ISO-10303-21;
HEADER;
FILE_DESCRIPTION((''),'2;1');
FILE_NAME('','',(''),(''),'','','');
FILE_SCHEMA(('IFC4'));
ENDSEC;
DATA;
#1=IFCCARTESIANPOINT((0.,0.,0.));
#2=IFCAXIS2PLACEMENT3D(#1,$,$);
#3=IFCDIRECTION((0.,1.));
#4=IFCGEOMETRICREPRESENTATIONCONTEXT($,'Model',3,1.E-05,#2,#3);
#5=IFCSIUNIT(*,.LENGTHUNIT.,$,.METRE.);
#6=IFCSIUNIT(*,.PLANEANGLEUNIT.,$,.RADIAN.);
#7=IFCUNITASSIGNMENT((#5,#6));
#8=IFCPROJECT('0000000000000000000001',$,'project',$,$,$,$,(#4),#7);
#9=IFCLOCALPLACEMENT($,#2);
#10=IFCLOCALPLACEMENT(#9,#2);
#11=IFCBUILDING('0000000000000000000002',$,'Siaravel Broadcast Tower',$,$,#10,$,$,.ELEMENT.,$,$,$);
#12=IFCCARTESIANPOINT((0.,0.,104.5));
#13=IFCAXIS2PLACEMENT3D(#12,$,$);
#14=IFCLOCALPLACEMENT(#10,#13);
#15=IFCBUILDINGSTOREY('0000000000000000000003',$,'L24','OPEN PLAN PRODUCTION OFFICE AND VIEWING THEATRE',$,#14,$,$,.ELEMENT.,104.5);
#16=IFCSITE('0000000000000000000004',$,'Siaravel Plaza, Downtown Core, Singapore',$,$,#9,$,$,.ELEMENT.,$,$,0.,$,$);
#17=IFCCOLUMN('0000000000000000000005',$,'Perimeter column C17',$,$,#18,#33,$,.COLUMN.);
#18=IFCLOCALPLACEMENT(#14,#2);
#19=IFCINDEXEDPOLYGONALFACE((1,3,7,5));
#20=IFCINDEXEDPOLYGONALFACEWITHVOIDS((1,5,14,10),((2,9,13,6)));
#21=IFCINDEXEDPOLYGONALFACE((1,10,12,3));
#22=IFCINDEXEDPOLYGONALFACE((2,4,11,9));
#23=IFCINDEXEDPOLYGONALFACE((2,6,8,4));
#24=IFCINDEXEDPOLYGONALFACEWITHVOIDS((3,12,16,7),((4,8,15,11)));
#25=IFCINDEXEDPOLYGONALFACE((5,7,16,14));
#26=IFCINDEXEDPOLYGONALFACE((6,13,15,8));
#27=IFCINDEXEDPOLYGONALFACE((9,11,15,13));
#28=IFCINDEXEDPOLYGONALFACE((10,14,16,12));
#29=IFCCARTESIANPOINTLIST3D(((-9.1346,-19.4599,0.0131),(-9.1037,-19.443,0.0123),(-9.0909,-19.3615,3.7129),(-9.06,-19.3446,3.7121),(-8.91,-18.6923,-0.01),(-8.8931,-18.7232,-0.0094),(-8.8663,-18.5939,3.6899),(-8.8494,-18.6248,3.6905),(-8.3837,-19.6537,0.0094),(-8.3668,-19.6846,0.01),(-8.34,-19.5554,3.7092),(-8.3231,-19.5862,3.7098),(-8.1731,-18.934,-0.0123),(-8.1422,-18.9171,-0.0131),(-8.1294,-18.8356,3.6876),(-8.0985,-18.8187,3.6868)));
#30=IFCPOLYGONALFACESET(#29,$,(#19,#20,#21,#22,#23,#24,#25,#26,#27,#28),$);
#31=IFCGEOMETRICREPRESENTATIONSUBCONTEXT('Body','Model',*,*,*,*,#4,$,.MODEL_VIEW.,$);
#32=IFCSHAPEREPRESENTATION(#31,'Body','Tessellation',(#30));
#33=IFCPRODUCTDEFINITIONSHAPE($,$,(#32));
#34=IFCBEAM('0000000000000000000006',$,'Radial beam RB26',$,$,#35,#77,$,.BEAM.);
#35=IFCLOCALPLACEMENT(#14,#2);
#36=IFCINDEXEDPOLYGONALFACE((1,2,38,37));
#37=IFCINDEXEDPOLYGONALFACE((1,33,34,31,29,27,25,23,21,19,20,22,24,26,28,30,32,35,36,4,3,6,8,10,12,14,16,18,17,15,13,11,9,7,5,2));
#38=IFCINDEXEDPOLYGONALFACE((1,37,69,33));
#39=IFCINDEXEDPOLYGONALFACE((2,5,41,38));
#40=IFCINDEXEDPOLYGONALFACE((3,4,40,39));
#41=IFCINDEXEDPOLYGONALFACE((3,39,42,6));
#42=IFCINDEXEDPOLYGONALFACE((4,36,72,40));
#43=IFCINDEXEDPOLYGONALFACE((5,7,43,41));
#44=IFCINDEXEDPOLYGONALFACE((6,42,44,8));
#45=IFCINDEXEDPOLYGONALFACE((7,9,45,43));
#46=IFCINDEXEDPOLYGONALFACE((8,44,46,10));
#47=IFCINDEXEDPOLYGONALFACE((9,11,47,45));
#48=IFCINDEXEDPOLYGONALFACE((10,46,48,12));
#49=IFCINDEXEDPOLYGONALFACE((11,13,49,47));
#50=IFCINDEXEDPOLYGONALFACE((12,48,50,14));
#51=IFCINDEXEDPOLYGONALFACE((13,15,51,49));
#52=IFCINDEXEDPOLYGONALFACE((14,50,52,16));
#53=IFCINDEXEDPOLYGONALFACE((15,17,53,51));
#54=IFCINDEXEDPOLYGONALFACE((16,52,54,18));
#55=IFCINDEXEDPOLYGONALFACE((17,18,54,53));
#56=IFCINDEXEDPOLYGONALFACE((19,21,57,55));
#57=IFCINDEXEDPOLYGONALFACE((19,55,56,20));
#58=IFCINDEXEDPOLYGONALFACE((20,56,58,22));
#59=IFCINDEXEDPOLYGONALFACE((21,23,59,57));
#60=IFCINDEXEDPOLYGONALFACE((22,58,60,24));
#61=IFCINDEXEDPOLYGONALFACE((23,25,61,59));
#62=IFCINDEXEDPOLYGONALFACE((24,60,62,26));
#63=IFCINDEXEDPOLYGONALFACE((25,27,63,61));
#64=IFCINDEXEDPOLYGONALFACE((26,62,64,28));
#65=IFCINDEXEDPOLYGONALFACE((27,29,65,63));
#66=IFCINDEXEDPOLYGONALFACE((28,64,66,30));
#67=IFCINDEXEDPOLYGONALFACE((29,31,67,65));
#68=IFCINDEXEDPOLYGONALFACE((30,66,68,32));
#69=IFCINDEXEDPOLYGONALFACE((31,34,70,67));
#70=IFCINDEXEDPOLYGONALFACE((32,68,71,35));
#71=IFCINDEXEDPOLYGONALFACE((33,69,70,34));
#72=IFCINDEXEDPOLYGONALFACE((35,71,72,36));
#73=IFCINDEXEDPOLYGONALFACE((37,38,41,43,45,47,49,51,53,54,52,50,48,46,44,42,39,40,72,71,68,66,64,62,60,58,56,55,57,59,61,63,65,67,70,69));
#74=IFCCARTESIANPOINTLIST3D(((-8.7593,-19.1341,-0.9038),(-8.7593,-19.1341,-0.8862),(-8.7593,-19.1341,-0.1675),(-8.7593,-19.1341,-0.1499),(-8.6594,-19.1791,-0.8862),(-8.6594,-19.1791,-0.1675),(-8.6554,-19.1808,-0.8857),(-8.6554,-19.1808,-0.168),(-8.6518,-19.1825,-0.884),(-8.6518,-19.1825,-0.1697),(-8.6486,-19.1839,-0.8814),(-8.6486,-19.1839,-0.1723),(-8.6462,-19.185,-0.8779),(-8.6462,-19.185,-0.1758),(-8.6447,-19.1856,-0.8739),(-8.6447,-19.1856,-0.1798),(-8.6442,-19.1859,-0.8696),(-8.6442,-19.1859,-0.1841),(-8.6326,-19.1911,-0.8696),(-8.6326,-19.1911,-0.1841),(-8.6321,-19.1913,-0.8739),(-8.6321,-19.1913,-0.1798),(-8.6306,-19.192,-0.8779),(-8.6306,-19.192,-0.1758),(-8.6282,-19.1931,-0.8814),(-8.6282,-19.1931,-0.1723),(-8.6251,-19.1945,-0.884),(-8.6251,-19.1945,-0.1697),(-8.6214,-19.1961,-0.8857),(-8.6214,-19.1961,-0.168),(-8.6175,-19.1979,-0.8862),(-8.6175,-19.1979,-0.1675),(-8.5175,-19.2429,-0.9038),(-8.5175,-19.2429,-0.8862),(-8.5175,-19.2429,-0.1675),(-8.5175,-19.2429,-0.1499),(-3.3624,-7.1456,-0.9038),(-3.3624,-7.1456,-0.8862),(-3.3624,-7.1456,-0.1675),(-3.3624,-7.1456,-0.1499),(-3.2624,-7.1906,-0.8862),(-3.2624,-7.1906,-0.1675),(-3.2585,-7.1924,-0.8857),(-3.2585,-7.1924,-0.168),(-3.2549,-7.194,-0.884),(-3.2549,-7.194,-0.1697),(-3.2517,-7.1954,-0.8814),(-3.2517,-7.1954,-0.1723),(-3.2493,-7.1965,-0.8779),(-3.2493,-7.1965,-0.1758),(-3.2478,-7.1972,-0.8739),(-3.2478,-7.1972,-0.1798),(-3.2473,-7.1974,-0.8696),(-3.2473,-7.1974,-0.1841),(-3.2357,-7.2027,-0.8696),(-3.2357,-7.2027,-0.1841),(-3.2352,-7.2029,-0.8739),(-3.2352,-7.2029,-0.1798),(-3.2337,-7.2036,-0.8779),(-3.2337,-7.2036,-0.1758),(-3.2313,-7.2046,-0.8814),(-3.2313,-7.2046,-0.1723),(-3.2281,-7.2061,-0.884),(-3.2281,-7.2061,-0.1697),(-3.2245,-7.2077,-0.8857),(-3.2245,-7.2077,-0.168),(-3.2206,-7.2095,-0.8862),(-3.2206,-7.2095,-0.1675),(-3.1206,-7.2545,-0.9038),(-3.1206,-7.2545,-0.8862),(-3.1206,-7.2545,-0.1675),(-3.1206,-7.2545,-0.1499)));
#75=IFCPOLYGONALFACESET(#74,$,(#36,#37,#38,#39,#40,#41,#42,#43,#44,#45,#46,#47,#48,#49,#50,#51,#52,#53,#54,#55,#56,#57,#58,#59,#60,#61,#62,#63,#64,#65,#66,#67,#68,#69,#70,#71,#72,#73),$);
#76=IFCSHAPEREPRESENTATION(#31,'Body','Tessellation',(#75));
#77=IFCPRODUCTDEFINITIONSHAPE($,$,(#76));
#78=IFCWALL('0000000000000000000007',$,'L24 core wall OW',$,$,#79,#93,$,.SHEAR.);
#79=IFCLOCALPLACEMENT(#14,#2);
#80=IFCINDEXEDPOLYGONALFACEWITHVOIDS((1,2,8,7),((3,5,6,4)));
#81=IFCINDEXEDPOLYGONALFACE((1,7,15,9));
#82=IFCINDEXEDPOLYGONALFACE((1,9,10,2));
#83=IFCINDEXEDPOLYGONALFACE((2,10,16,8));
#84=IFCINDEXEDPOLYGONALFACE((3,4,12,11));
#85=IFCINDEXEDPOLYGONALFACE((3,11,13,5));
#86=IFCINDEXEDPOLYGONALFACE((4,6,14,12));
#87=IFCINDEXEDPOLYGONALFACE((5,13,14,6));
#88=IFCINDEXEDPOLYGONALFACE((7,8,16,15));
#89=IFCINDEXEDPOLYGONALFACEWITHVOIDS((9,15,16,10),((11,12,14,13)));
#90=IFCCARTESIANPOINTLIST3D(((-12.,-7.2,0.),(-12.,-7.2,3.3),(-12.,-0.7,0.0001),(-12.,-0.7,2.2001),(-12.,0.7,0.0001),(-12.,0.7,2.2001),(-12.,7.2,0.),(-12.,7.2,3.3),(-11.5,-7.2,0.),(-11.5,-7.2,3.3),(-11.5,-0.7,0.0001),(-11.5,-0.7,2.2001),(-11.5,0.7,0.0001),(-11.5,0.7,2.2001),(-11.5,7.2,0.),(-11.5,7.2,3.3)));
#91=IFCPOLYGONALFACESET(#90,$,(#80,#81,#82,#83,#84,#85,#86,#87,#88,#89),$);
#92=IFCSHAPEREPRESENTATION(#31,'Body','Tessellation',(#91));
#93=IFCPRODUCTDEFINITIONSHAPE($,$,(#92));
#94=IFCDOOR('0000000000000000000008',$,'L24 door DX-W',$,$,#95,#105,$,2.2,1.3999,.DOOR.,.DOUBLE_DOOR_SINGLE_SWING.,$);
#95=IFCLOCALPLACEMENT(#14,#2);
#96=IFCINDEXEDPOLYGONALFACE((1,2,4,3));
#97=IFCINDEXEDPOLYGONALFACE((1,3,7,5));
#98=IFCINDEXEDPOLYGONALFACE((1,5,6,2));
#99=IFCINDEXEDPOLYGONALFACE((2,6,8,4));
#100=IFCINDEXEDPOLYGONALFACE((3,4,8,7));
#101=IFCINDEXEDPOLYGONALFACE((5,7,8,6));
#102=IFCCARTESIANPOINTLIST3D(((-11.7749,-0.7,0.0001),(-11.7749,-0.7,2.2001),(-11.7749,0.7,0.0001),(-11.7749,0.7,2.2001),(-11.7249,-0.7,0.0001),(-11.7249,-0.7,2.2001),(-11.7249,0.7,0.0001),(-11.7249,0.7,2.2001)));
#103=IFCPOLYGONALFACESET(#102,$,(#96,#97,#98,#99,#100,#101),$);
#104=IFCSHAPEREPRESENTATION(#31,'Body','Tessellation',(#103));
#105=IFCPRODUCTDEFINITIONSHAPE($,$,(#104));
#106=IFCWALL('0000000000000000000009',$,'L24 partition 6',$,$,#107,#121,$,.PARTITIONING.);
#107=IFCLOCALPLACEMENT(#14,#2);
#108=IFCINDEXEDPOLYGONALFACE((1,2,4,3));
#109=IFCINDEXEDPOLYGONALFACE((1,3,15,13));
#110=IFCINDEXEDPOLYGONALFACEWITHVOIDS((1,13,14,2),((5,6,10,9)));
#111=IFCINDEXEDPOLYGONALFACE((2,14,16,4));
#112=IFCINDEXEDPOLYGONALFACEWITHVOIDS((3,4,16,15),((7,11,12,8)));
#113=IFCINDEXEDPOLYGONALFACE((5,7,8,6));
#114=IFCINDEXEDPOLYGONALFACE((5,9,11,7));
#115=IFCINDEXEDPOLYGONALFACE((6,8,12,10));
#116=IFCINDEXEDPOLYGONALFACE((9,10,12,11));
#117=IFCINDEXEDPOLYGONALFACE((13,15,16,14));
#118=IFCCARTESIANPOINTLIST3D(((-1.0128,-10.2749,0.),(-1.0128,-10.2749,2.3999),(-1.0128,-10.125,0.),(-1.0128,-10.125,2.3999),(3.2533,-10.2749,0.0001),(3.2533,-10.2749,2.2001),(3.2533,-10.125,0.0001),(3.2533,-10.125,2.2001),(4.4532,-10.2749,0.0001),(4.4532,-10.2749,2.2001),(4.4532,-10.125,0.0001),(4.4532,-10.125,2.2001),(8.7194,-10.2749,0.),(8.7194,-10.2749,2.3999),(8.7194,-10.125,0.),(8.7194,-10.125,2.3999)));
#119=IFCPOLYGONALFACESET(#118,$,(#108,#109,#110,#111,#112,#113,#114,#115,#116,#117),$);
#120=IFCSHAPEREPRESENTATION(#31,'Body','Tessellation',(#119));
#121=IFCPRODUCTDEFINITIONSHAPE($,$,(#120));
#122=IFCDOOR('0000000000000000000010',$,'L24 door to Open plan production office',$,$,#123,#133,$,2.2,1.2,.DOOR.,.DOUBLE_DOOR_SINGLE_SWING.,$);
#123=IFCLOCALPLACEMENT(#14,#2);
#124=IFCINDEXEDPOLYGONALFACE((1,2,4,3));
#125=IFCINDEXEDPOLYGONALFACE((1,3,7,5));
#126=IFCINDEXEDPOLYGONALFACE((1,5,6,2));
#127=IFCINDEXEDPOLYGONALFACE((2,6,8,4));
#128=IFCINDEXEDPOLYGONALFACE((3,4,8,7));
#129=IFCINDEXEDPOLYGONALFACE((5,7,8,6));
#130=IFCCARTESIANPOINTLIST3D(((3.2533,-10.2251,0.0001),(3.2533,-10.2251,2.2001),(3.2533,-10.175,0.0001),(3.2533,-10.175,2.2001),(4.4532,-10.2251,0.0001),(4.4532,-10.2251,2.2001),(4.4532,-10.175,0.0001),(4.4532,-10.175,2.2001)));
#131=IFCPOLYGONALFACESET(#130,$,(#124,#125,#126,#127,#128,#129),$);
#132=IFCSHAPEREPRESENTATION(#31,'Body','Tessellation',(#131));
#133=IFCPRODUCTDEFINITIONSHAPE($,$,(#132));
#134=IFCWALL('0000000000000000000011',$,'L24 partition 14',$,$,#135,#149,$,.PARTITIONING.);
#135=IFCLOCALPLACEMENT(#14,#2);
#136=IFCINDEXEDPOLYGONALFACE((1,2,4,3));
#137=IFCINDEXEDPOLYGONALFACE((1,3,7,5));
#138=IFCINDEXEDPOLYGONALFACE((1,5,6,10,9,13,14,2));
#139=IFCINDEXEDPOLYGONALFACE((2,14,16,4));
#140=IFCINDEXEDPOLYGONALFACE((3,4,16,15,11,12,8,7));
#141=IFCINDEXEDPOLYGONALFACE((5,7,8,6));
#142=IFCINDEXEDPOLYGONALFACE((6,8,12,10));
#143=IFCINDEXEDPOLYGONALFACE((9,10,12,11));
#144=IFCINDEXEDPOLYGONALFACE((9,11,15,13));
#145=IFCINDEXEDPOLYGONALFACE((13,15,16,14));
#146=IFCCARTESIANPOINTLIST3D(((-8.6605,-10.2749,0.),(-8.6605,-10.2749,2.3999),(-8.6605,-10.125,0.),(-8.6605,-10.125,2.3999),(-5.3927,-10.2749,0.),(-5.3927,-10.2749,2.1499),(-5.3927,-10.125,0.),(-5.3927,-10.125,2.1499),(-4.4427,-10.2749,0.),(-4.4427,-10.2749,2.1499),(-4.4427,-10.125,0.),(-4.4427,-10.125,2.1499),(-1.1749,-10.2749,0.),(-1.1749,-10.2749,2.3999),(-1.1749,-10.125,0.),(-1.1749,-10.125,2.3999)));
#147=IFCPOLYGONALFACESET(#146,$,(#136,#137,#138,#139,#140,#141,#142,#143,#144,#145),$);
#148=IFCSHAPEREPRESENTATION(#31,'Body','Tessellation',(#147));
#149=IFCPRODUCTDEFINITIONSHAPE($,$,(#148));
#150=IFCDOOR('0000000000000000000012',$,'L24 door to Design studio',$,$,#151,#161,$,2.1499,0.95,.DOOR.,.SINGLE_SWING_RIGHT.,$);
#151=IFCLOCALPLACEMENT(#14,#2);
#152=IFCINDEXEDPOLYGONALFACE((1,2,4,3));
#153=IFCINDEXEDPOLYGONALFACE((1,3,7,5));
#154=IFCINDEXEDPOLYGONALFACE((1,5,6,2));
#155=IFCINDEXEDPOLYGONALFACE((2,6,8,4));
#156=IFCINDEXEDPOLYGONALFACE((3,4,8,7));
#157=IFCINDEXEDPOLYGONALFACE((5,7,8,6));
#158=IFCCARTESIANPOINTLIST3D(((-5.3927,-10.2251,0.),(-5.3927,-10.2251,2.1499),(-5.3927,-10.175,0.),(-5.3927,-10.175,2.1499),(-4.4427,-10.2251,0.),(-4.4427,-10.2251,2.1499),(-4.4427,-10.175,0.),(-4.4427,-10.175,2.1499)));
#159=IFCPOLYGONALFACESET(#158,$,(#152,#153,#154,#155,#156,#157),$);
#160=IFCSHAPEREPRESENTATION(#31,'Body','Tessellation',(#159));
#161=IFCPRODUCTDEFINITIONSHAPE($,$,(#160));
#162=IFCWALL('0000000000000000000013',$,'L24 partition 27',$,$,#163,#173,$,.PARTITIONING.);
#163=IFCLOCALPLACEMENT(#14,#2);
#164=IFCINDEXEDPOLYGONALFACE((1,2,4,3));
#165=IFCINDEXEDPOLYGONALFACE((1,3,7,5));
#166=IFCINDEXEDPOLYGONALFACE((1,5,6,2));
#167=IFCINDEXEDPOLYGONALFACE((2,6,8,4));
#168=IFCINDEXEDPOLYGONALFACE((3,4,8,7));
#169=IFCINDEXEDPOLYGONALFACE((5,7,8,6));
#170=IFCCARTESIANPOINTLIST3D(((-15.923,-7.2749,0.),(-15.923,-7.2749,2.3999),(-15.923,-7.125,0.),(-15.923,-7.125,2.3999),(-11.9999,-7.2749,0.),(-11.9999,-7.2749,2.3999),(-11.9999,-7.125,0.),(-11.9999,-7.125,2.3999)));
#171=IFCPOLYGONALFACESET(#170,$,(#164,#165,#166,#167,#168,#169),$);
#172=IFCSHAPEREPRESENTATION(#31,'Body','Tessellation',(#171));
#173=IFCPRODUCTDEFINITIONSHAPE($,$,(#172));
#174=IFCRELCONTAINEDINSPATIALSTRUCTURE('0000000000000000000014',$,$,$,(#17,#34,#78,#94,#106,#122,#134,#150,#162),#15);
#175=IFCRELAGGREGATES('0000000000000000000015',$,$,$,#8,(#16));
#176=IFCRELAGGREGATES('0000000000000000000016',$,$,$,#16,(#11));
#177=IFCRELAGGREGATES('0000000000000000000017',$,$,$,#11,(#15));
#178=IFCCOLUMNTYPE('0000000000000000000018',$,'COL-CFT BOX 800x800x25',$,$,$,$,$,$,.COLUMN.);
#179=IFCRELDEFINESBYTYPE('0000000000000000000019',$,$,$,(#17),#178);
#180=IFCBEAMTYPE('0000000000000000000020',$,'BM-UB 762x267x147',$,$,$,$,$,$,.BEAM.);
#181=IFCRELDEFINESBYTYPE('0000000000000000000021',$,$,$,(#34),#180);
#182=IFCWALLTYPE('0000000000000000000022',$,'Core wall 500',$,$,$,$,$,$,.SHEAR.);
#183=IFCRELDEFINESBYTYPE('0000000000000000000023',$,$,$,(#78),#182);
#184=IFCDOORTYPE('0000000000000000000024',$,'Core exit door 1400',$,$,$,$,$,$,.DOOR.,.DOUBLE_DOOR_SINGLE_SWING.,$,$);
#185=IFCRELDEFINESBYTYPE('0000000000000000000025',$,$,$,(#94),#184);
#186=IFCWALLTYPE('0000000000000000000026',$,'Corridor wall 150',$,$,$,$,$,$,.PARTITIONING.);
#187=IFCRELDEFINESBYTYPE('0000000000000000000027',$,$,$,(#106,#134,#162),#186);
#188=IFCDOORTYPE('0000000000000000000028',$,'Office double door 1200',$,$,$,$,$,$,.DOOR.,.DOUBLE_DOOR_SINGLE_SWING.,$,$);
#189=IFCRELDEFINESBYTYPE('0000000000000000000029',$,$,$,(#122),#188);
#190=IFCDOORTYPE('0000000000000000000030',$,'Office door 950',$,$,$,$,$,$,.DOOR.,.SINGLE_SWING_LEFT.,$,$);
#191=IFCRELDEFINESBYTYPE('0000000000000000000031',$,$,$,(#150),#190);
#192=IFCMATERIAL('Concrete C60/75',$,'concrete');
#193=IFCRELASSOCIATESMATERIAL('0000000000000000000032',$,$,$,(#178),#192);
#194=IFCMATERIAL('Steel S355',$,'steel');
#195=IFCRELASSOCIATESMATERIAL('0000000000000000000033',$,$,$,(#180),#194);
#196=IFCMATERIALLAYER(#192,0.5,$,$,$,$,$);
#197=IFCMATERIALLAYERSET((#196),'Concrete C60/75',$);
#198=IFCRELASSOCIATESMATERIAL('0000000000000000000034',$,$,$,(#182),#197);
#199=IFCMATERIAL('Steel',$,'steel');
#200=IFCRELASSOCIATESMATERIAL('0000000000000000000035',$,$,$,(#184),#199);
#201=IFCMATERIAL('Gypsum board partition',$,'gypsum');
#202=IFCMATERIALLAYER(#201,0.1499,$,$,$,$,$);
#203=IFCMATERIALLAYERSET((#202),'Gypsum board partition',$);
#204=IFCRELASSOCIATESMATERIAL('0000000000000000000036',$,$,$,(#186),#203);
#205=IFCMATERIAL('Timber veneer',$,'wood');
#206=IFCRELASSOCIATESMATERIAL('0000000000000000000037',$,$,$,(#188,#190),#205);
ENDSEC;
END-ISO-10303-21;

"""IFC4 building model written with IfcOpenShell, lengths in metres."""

from ifc_helpers import new_model, si_unit, direction, frame, frame_2d, origin, origin_2d, place, context, subcontext, project, spatial, rectangle, hollow_rectangle, i_section, extrude, material, layer, layer_set, material_profile, profile_set, type_object, element, fill, save


model = new_model("IFC4")

# Units and contexts
model_context = context("Model", 3, precision=1e-05, world=origin(), true_north=direction((0.0, 1.0)))
body_context = subcontext(model_context, "Body", "Model", "MODEL_VIEW")
ifc_project = project(units=[si_unit("LENGTHUNIT", "METRE"), si_unit("PLANEANGLEUNIT", "RADIAN")], contexts=[model_context])

# Site, building, storey
site_placement = place(None, origin())
site = spatial("IfcSite", under=ifc_project, at=site_placement, Name="Siaravel Plaza, Downtown Core, Singapore", CompositionType="ELEMENT", RefElevation=0.0)
building_placement = place(site_placement, origin())
building = spatial("IfcBuilding", under=site, at=building_placement, Name="Siaravel Broadcast Tower", CompositionType="ELEMENT")
storey_placement = place(building_placement, frame((0.0, 0.0, 104.5)))
storey = spatial("IfcBuildingStorey", under=building, at=storey_placement, Name="L24", Description="OPEN PLAN PRODUCTION OFFICE AND VIEWING THEATRE", CompositionType="ELEMENT", Elevation=104.5)

# Column
ifc_material_1 = material(Name="Concrete C60/75", Category="concrete")
ifc_material_profile_1 = material_profile(ifc_material_1, hollow_rectangle(XDim=0.8, YDim=0.8, WallThickness=0.0249, at=origin_2d()))
ifc_profile_set_1 = profile_set([ifc_material_profile_1], Name="Concrete C60/75")
column_type = type_object("IfcColumnType", Name="COL-CFT BOX 800x800x25", PredefinedType="COLUMN", material=ifc_profile_set_1)
column_placement = place(storey_placement, frame((-8.6384, -19.1885, 0.0), z_axis=(0.011806, 0.026581, 0.999577), x_axis=(-0.959717, 0.280941, 0.003865)))
element("IfcColumn", 1, at=column_placement, inside=storey, type_object=column_type, Name="Perimeter column C17", PredefinedType="COLUMN", context=body_context, shape_type="SweptSolid", body=[
    extrude(hollow_rectangle(XDim=0.8, YDim=0.8, WallThickness=0.0249, at=origin_2d()), origin(), (0.0, 0.0, 1.0), 3.7014),
])

# Beam
ifc_material_2 = material(Name="Steel S355", Category="steel")
ifc_material_profile_2 = material_profile(ifc_material_2, i_section(OverallWidth=0.2651, OverallDepth=0.7539, WebThickness=0.0127, FlangeThickness=0.0176, FilletRadius=0.0166, at=origin_2d()))
ifc_profile_set_2 = profile_set([ifc_material_profile_2], Name="Steel S355")
beam_type = type_object("IfcBeamType", Name="BM-UB 762x267x147", PredefinedType="BEAM", material=ifc_profile_set_2)
beam_placement = place(storey_placement, frame((-8.6384, -19.1885, -0.5269), z_axis=(0.4105, 0.911861, 0.0), x_axis=(-0.911861, 0.4105, 0.0)))
element("IfcBeam", 2, at=beam_placement, inside=storey, type_object=beam_type, Name="Radial beam RB26", PredefinedType="BEAM", context=body_context, shape_type="SweptSolid", body=[
    extrude(i_section(OverallWidth=0.2651, OverallDepth=0.7539, WebThickness=0.0127, FlangeThickness=0.0176, FilletRadius=0.0166, at=origin_2d()), origin(), (0.0, 0.0, 1.0), 13.1472),
])

# Wall, opening, door
ifc_layer_1 = layer(ifc_material_1, 0.5)
ifc_layer_set_1 = layer_set([ifc_layer_1], Name="Concrete C60/75")
wall_type_1 = type_object("IfcWallType", Name="Core wall 500", PredefinedType="SHEAR", material=ifc_layer_set_1)
wall_1_placement = place(storey_placement, frame((-11.75, -7.2, 0.0), z_axis=(0.0, 0.0, 1.0), x_axis=(0.0, 1.0, 0.0)))
wall_1 = element("IfcWall", 3, at=wall_1_placement, inside=storey, type_object=wall_type_1, Name="L24 core wall OW", PredefinedType="SHEAR", context=body_context, shape_type="SweptSolid", body=[
    extrude(rectangle(XDim=14.3999, YDim=0.5, at=frame_2d((7.2, 0.0))), origin(), (0.0, 0.0, 1.0), 3.3),
])
opening_1_placement = place(wall_1_placement, frame((6.5, 0.0, 0.0)))
opening_1 = element("IfcOpeningElement", 4, at=opening_1_placement, cuts=wall_1, PredefinedType="OPENING", context=body_context, shape_type="SweptSolid", body=[
    extrude(rectangle(XDim=1.3999, YDim=2.2, at=frame_2d((0.7, 1.1001))), frame((0.0, 0.26, 0.0), z_axis=(0.0, -1.0, 0.0), x_axis=(1.0, 0.0, 0.0)), (0.0, 0.0, 1.0), 0.52),
])
ifc_material_3 = material(Name="Steel", Category="steel")
door_type_1 = type_object("IfcDoorType", Name="Core exit door 1400", OperationType="DOUBLE_DOOR_SINGLE_SWING", PredefinedType="DOOR", material=ifc_material_3)
door_1_placement = place(opening_1_placement, origin())
door_1 = element("IfcDoor", 5, at=door_1_placement, inside=storey, type_object=door_type_1, Name="L24 door DX-W", OperationType="DOUBLE_DOOR_SINGLE_SWING", OverallHeight=2.2, OverallWidth=1.3999, PredefinedType="DOOR", context=body_context, shape_type="SweptSolid", body=[
    extrude(rectangle(XDim=1.3999, YDim=2.2, at=frame_2d((0.7, 1.1001))), frame((0.0, 0.0249, 0.0), z_axis=(0.0, -1.0, 0.0), x_axis=(1.0, 0.0, 0.0)), (0.0, 0.0, 1.0), 0.05),
])
fill(opening_1, door_1)

# Walls, openings, doors
ifc_material_4 = material(Name="Gypsum board partition", Category="gypsum")
ifc_layer_2 = layer(ifc_material_4, 0.1499)
ifc_layer_set_2 = layer_set([ifc_layer_2], Name="Gypsum board partition")
wall_type_2 = type_object("IfcWallType", Name="Corridor wall 150", PredefinedType="PARTITIONING", material=ifc_layer_set_2)
wall_2_placement = place(storey_placement, frame((-1.0129, -10.2, 0.0), z_axis=(0.0, 0.0, 1.0), x_axis=(1.0, 0.0, 0.0)))
wall_2 = element("IfcWall", 6, at=wall_2_placement, inside=storey, type_object=wall_type_2, Name="L24 partition 6", PredefinedType="PARTITIONING", context=body_context, shape_type="SweptSolid", body=[
    extrude(rectangle(XDim=9.7322, YDim=0.1499, at=frame_2d((4.8662, 0.0))), origin(), (0.0, 0.0, 1.0), 2.3999),
])
opening_2_placement = place(wall_2_placement, frame((4.2661, 0.0, 0.0)))
opening_2 = element("IfcOpeningElement", 7, at=opening_2_placement, cuts=wall_2, PredefinedType="OPENING", context=body_context, shape_type="SweptSolid", body=[
    extrude(rectangle(XDim=1.2, YDim=2.2, at=frame_2d((0.6001, 1.1001))), frame((0.0, 0.085, 0.0), z_axis=(0.0, -1.0, 0.0), x_axis=(1.0, 0.0, 0.0)), (0.0, 0.0, 1.0), 0.1699),
])
ifc_material_5 = material(Name="Timber veneer", Category="wood")
door_type_2 = type_object("IfcDoorType", Name="Office double door 1200", OperationType="DOUBLE_DOOR_SINGLE_SWING", PredefinedType="DOOR", material=ifc_material_5)
door_2_placement = place(opening_2_placement, origin())
door_2 = element("IfcDoor", 8, at=door_2_placement, inside=storey, type_object=door_type_2, Name="L24 door to Open plan production office", OperationType="DOUBLE_DOOR_SINGLE_SWING", OverallHeight=2.2, OverallWidth=1.2, PredefinedType="DOOR", context=body_context, shape_type="SweptSolid", body=[
    extrude(rectangle(XDim=1.2, YDim=2.2, at=frame_2d((0.6001, 1.1001))), frame((0.0, 0.0249, 0.0), z_axis=(0.0, -1.0, 0.0), x_axis=(1.0, 0.0, 0.0)), (0.0, 0.0, 1.0), 0.05),
])
fill(opening_2, door_2)
wall_3_placement = place(storey_placement, frame((-8.6604, -10.2, 0.0), z_axis=(0.0, 0.0, 1.0), x_axis=(1.0, 0.0, 0.0)))
wall_3 = element("IfcWall", 9, at=wall_3_placement, inside=storey, type_object=wall_type_2, Name="L24 partition 14", PredefinedType="PARTITIONING", context=body_context, shape_type="SweptSolid", body=[
    extrude(rectangle(XDim=7.4856, YDim=0.1499, at=frame_2d((3.7427, 0.0))), origin(), (0.0, 0.0, 1.0), 2.3999),
])
opening_3_placement = place(wall_3_placement, frame((3.2676, 0.0, 0.0)))
opening_3 = element("IfcOpeningElement", 10, at=opening_3_placement, cuts=wall_3, PredefinedType="OPENING", context=body_context, shape_type="SweptSolid", body=[
    extrude(rectangle(XDim=0.95, YDim=2.1499, at=frame_2d((0.4751, 1.075))), frame((0.0, 0.085, 0.0), z_axis=(0.0, -1.0, 0.0), x_axis=(1.0, 0.0, 0.0)), (0.0, 0.0, 1.0), 0.1699),
])
door_type_3 = type_object("IfcDoorType", Name="Office door 950", OperationType="SINGLE_SWING_LEFT", PredefinedType="DOOR", material=ifc_material_5)
door_3_placement = place(opening_3_placement, origin())
door_3 = element("IfcDoor", 11, at=door_3_placement, inside=storey, type_object=door_type_3, Name="L24 door to Design studio", OperationType="SINGLE_SWING_RIGHT", OverallHeight=2.1499, OverallWidth=0.95, PredefinedType="DOOR", context=body_context, shape_type="SweptSolid", body=[
    extrude(rectangle(XDim=0.95, YDim=2.1499, at=frame_2d((0.4751, 1.075))), frame((0.0, 0.0249, 0.0), z_axis=(0.0, -1.0, 0.0), x_axis=(1.0, 0.0, 0.0)), (0.0, 0.0, 1.0), 0.05),
])
fill(opening_3, door_3)

# Wall
wall_4_placement = place(storey_placement, frame((-12.0, -7.2, 0.0), z_axis=(0.0, 0.0, 1.0), x_axis=(-1.0, 0.0, 0.0)))
element("IfcWall", 12, at=wall_4_placement, inside=storey, type_object=wall_type_2, Name="L24 partition 27", PredefinedType="PARTITIONING", context=body_context, shape_type="SweptSolid", body=[
    extrude(rectangle(XDim=3.9231, YDim=0.1499, at=frame_2d((1.9614, 0.0))), origin(), (0.0, 0.0, 1.0), 2.3999),
])

save(model, "model.ifc")
